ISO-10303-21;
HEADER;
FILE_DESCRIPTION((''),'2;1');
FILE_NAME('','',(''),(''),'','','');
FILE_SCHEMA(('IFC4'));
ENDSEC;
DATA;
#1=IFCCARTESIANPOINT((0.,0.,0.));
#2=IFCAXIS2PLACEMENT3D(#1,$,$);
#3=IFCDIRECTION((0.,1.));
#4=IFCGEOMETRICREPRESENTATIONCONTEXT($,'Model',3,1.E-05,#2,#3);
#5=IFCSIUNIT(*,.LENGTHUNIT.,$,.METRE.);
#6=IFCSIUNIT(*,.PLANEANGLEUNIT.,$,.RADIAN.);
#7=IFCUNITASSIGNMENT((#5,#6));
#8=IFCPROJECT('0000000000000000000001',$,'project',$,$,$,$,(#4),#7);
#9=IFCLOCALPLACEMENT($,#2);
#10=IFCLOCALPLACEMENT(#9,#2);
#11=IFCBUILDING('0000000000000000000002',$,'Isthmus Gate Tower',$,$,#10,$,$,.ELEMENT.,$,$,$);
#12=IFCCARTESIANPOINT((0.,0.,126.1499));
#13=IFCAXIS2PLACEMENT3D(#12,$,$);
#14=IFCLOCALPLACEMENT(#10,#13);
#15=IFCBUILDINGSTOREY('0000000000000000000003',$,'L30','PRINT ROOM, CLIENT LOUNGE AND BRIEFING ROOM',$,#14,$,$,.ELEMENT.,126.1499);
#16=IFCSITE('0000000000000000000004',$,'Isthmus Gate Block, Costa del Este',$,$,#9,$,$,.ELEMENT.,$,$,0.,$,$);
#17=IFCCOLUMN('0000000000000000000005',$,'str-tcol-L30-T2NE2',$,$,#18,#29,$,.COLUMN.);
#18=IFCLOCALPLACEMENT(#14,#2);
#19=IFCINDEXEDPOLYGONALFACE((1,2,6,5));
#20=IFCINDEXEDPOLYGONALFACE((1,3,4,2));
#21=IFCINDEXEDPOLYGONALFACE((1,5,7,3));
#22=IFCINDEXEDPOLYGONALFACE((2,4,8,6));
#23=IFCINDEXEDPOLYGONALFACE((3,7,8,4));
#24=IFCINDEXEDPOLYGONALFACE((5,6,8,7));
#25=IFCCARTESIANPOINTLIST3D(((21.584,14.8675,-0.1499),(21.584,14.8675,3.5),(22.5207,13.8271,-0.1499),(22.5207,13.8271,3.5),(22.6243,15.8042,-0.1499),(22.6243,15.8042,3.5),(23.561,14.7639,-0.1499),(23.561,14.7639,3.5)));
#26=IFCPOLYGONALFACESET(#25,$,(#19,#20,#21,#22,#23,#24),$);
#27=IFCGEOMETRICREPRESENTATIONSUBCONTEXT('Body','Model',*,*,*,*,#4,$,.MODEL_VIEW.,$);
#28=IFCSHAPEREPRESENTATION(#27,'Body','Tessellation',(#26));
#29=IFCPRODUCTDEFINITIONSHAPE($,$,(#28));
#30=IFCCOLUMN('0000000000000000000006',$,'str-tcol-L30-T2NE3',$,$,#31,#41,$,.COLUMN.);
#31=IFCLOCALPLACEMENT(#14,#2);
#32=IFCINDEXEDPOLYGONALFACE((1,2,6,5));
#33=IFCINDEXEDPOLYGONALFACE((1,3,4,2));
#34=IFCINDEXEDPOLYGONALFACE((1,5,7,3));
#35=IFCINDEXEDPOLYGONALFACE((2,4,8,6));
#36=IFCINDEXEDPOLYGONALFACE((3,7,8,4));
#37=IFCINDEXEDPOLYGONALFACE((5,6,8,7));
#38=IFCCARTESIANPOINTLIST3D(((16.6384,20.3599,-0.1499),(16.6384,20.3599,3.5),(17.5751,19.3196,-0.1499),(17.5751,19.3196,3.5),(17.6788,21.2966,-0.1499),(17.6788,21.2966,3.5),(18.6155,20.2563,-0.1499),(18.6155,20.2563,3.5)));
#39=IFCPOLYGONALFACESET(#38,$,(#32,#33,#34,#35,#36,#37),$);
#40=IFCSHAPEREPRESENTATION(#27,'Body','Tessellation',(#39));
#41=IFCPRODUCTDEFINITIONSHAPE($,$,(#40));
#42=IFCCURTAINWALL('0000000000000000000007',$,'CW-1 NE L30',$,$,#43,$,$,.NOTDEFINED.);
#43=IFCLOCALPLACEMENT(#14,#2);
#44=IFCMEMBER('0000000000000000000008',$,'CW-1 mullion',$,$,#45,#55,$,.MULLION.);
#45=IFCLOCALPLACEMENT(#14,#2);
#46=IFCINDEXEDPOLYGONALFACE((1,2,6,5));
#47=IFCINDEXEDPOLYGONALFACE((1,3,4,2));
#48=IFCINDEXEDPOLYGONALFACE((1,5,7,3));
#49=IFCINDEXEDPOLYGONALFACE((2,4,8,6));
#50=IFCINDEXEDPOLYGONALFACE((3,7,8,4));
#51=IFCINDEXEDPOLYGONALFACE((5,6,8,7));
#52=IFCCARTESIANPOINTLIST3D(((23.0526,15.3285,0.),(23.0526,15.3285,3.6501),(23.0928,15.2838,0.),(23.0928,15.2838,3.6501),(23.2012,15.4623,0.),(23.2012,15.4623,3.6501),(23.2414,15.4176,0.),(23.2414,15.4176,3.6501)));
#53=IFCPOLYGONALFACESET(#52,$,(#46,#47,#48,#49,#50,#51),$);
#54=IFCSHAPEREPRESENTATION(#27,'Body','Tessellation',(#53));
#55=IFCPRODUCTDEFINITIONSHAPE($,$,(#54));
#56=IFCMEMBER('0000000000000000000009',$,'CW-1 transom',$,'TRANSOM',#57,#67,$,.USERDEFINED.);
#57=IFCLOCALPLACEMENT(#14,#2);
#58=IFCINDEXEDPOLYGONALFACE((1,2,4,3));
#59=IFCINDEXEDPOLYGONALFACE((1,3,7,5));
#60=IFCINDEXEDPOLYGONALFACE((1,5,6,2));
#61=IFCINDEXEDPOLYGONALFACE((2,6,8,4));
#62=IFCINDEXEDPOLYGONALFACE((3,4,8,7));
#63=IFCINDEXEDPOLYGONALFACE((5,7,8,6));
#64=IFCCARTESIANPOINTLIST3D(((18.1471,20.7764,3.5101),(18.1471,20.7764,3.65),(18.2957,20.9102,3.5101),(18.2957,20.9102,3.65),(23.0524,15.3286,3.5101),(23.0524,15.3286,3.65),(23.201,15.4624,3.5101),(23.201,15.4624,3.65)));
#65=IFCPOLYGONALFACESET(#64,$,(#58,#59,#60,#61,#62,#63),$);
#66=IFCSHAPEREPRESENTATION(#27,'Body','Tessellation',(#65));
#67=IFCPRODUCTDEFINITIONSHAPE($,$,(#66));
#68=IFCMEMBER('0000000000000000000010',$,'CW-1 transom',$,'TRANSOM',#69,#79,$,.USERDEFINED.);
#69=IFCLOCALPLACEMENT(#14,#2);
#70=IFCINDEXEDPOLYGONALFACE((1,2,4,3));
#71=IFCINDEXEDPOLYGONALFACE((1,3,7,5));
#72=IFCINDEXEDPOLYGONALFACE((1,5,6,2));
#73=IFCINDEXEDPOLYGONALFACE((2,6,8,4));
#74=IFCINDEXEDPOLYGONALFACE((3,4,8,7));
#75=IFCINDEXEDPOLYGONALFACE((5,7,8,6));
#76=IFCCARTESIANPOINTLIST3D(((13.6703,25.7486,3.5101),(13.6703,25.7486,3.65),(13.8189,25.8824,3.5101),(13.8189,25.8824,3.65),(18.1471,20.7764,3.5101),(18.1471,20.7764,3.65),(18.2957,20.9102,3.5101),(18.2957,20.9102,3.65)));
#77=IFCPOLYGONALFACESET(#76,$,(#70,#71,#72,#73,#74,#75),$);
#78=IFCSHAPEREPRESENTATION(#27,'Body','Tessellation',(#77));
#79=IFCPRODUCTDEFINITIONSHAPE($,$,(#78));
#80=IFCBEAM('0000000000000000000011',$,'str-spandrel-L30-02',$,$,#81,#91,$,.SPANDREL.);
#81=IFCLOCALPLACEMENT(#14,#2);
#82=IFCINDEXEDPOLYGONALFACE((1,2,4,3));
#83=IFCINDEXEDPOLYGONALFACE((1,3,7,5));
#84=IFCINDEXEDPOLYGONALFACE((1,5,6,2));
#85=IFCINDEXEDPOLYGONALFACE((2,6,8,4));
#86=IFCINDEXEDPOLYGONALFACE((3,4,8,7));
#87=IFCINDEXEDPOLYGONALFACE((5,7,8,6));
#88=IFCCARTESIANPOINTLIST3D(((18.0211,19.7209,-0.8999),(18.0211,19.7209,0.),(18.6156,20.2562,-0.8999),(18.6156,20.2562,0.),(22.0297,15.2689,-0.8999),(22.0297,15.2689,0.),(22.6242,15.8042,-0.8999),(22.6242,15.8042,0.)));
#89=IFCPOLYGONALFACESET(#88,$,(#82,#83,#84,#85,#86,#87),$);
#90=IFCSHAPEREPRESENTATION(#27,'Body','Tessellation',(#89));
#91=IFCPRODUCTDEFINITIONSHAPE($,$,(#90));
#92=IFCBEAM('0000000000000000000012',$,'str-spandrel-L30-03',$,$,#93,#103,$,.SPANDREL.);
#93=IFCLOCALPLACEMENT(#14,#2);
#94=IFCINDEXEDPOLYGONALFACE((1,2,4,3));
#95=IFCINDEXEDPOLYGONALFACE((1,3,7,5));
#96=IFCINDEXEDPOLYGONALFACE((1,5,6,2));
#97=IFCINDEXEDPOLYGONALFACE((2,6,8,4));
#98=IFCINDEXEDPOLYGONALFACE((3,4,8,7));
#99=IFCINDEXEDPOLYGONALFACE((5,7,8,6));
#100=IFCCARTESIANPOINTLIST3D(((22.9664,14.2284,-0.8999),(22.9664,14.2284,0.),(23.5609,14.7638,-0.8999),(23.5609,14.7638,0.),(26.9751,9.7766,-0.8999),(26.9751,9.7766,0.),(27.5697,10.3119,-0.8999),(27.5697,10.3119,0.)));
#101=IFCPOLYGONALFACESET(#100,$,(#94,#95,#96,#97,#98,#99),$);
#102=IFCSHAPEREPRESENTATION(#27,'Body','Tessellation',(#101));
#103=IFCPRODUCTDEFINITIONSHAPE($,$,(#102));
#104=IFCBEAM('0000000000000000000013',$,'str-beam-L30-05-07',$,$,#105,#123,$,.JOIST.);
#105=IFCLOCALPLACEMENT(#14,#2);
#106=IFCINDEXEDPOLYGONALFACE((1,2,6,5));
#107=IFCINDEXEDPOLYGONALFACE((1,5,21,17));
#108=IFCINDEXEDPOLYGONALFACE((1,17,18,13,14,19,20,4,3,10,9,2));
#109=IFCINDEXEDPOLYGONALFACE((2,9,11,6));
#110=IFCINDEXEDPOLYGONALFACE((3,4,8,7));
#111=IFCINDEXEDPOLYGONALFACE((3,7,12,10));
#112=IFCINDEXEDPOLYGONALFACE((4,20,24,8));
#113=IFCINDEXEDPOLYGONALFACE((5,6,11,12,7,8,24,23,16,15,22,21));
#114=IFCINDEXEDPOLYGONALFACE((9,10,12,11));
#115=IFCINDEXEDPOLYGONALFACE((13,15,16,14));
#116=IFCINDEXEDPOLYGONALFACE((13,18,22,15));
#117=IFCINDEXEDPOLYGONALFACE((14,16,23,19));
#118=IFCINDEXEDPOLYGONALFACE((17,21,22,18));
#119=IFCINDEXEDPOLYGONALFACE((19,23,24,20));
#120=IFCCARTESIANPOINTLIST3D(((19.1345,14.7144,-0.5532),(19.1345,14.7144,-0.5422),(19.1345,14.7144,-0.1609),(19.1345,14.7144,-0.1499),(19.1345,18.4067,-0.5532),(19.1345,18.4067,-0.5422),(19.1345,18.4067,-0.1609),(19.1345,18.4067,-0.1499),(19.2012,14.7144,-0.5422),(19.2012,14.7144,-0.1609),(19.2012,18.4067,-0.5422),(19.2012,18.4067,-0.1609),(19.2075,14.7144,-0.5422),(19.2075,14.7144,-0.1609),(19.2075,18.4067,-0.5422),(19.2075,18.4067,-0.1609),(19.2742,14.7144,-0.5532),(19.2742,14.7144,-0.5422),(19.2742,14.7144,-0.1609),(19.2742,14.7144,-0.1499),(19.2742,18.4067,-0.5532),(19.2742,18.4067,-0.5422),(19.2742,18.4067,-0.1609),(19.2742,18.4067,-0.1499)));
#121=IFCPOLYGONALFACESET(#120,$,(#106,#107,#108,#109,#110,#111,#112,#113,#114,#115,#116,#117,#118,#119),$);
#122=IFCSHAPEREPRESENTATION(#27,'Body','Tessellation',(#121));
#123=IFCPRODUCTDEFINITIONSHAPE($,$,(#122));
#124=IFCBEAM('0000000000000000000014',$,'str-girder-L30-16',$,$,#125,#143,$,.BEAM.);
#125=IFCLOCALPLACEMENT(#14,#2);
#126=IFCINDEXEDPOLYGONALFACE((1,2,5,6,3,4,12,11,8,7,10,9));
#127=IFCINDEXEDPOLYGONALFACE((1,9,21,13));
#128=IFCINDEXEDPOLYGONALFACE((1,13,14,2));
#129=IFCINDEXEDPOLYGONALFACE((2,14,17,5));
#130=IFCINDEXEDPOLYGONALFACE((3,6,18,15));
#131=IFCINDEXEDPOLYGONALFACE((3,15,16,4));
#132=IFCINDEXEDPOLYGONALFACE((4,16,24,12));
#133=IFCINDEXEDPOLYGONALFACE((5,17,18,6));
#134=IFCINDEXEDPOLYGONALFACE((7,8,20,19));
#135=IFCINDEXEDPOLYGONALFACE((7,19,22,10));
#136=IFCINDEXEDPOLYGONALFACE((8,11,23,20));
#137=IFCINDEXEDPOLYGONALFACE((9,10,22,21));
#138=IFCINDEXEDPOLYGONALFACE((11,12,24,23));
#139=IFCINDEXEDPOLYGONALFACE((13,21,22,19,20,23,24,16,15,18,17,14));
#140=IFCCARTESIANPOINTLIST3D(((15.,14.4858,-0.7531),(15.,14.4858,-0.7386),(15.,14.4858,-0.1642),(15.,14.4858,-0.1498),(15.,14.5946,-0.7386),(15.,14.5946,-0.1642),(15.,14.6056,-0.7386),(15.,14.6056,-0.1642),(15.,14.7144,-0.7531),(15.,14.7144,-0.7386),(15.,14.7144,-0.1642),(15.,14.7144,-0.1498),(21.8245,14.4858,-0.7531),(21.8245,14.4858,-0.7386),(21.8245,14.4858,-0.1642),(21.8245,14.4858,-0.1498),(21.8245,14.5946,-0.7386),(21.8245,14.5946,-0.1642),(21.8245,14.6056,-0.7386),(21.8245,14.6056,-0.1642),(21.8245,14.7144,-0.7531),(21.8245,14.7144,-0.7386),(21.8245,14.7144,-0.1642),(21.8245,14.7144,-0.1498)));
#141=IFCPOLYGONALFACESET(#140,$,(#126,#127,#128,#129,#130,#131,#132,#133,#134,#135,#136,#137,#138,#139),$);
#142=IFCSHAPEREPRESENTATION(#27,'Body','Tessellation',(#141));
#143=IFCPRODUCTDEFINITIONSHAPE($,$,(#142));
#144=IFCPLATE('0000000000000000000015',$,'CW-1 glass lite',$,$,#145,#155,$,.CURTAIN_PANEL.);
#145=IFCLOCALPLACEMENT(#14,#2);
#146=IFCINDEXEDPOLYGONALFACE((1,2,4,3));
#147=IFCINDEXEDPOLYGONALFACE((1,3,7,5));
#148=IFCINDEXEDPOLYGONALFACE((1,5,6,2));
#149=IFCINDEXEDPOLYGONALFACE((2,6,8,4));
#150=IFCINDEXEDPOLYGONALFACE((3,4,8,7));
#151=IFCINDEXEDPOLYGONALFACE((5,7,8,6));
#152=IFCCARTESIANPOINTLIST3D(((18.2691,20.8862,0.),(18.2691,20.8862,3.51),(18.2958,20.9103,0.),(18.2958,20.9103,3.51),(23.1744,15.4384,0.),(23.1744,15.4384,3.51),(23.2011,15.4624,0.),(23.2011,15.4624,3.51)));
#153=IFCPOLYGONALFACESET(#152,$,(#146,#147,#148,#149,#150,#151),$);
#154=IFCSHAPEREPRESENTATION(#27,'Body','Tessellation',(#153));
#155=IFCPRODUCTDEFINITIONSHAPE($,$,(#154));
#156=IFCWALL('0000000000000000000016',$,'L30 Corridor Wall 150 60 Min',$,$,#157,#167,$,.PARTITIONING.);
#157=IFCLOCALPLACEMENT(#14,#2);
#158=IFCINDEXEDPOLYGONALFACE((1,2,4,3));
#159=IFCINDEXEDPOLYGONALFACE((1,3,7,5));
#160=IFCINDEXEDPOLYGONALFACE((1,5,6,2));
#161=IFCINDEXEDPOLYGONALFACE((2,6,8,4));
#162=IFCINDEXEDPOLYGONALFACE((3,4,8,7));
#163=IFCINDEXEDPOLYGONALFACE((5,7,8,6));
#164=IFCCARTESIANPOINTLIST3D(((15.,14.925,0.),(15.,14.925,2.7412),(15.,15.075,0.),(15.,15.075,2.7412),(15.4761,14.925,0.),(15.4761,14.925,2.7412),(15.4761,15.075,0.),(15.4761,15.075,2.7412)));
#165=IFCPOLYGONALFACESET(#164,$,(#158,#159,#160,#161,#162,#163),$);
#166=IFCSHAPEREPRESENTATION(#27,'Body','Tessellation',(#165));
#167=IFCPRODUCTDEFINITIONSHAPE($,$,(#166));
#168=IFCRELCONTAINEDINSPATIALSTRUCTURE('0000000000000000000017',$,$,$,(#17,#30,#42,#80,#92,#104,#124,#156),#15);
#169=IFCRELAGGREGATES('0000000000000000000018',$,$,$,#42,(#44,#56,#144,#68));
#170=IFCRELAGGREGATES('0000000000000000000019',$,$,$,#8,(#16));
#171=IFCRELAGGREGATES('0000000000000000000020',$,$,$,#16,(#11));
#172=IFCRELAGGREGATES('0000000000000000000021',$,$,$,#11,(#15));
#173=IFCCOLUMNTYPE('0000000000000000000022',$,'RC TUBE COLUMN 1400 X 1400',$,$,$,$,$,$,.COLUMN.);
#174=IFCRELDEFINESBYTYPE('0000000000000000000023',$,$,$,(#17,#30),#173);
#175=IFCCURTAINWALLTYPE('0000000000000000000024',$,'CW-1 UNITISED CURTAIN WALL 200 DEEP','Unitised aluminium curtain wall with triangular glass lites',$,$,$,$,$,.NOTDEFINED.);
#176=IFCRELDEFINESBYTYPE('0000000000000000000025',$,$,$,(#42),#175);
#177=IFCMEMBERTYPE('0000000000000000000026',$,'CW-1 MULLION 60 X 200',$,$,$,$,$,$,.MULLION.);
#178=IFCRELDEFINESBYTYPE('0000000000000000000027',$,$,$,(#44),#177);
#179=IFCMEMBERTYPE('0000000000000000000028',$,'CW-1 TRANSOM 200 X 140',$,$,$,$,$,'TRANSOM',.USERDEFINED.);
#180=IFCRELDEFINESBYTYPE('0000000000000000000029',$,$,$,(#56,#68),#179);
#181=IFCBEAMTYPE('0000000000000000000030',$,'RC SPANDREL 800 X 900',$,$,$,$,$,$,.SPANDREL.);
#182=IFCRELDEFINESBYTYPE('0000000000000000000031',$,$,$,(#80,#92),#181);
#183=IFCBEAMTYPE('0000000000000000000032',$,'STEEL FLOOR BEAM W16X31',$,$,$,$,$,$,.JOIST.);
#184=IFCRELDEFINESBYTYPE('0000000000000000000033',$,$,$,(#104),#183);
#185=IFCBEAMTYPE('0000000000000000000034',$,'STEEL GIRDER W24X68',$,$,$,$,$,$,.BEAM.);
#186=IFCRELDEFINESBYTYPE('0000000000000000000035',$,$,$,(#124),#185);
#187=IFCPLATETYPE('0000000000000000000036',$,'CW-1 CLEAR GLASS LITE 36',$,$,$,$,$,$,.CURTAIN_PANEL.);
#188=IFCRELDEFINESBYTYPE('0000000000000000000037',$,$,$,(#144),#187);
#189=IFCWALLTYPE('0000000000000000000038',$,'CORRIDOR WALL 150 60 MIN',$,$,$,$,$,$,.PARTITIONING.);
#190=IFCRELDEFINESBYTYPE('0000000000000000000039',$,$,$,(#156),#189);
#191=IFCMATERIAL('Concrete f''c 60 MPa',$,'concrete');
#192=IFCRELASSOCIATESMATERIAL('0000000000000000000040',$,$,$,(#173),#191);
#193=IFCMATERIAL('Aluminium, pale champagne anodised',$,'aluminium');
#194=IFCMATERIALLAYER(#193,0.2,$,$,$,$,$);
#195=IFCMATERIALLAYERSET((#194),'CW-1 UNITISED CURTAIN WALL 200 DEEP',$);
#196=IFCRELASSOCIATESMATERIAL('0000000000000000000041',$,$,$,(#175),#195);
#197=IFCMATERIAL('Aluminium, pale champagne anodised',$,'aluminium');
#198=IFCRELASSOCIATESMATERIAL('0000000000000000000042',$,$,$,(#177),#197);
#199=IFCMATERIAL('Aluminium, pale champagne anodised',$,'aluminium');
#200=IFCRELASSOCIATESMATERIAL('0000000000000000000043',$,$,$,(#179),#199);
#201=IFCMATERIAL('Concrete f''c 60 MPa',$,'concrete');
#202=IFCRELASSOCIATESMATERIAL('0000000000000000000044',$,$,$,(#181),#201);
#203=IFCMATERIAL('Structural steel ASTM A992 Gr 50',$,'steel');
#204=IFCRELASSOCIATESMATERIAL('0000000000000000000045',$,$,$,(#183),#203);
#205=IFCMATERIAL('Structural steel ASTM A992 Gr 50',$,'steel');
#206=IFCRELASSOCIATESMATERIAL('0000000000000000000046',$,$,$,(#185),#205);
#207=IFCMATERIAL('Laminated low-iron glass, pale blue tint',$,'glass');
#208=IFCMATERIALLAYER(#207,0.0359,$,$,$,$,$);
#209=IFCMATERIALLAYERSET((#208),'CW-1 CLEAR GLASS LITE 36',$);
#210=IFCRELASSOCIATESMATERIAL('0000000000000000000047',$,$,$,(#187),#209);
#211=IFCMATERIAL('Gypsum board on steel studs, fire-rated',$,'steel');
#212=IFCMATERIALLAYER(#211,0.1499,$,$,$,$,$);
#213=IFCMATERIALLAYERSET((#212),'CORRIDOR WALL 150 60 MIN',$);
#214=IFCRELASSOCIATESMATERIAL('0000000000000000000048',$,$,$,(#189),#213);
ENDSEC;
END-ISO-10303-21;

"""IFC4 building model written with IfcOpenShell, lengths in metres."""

from ifc_helpers import new_model, si_unit, direction, frame, frame_2d, origin, origin_2d, place, context, subcontext, project, spatial, rectangle, i_section, extrude, material, layer, layer_set, material_profile, profile_set, type_object, element, aggregate, save


model = new_model("IFC4")

# Units and contexts
model_context = context("Model", 3, precision=1e-05, world=origin(), true_north=direction((0.0, 1.0)))
body_context = subcontext(model_context, "Body", "Model", "MODEL_VIEW")
ifc_project = project(units=[si_unit("LENGTHUNIT", "METRE"), si_unit("PLANEANGLEUNIT", "RADIAN")], contexts=[model_context])

# Site, building, storey
site_placement = place(None, origin())
site = spatial("IfcSite", under=ifc_project, at=site_placement, Name="Isthmus Gate Block, Costa del Este", CompositionType="ELEMENT", RefElevation=0.0)
building_placement = place(site_placement, origin())
building = spatial("IfcBuilding", under=site, at=building_placement, Name="Isthmus Gate Tower", CompositionType="ELEMENT")
storey_placement = place(building_placement, frame((0.0, 0.0, 126.1499)))
storey = spatial("IfcBuildingStorey", under=building, at=storey_placement, Name="L30", Description="PRINT ROOM, CLIENT LOUNGE AND BRIEFING ROOM", CompositionType="ELEMENT", Elevation=126.1499)

# Columns
ifc_material_1 = material(Name="Concrete f'c 60 MPa", Category="concrete")
ifc_material_profile_1 = material_profile(ifc_material_1, rectangle(XDim=1.3999, YDim=1.3999, at=origin_2d()), Name="RC 1400X1400")
ifc_profile_set_1 = profile_set([ifc_material_profile_1], Name="Concrete f'c 60 MPa")
column_type = type_object("IfcColumnType", Name="RC TUBE COLUMN 1400 X 1400", PredefinedType="COLUMN", material=ifc_profile_set_1)
for number, where, z_axis, x_axis, name in (
    (1, (22.5725, 14.8157, -0.1499), (0.0, 0.0, 1.0), (-0.669131, 0.743145, 0.0), "str-tcol-L30-T2NE2"),
    (2, (17.627, 20.3081, -0.1499), (0.0, 0.0, 1.0), (-0.669131, 0.743145, 0.0), "str-tcol-L30-T2NE3"),
):
    element("IfcColumn", number, at=place(storey_placement, frame(where, z_axis=z_axis, x_axis=x_axis)), inside=storey, type_object=column_type, Name=name, PredefinedType="COLUMN", context=body_context, shape_type="SweptSolid", body=[
        extrude(rectangle(XDim=1.3999, YDim=1.3999, at=origin_2d()), origin(), (0.0, 0.0, 1.0), 3.6499),
    ])

# Curtain wall, members
ifc_material_2 = material(Name="Aluminium, pale champagne anodised", Category="aluminium")
ifc_layer_1 = layer(ifc_material_2, 0.2)
ifc_layer_set_1 = layer_set([ifc_layer_1], Name="CW-1 UNITISED CURTAIN WALL 200 DEEP")
curtain_wall_type = type_object("IfcCurtainWallType", Name="CW-1 UNITISED CURTAIN WALL 200 DEEP", Description="Unitised aluminium curtain wall with triangular glass lites", PredefinedType="NOTDEFINED", material=ifc_layer_set_1)
curtain_wall_placement = place(storey_placement, origin())
curtain_wall = element("IfcCurtainWall", 3, at=curtain_wall_placement, inside=storey, type_object=curtain_wall_type, Name="CW-1 NE L30", PredefinedType="NOTDEFINED")
ifc_material_3 = material(Name="Aluminium, pale champagne anodised", Category="aluminium")
ifc_material_profile_2 = material_profile(ifc_material_3, rectangle(XDim=0.0601, YDim=0.2, at=origin_2d()), Name="60x200")
ifc_profile_set_2 = profile_set([ifc_material_profile_2], Name="Aluminium, pale champagne anodised")
member_type_1 = type_object("IfcMemberType", Name="CW-1 MULLION 60 X 200", PredefinedType="MULLION", material=ifc_profile_set_2)
member_1_placement = place(storey_placement, frame((23.147, 15.373, 0.0), z_axis=(0.0, 0.0, 1.0), x_axis=(-0.669131, 0.743145, 0.0)))
member_1 = element("IfcMember", 4, at=member_1_placement, type_object=member_type_1, Name="CW-1 mullion", PredefinedType="MULLION", context=body_context, shape_type="SweptSolid", body=[
    extrude(rectangle(XDim=0.0601, YDim=0.2, at=origin_2d()), origin(), (0.0, 0.0, 1.0), 3.6501),
])
ifc_material_4 = material(Name="Aluminium, pale champagne anodised", Category="aluminium")
ifc_material_profile_3 = material_profile(ifc_material_4, rectangle(XDim=0.2, YDim=0.1399, at=origin_2d()), Name="200x140")
ifc_profile_set_3 = profile_set([ifc_material_profile_3], Name="Aluminium, pale champagne anodised")
member_type_2 = type_object("IfcMemberType", Name="CW-1 TRANSOM 200 X 140", ElementType="TRANSOM", PredefinedType="USERDEFINED", material=ifc_profile_set_3)
member_2_placement = place(storey_placement, frame((23.1267, 15.3955, 3.5801), z_axis=(-0.669138, 0.743138, 0.0), x_axis=(-0.743138, -0.669138, 0.0)))
member_2 = element("IfcMember", 5, at=member_2_placement, type_object=member_type_2, Name="CW-1 transom", ObjectType="TRANSOM", PredefinedType="USERDEFINED", context=body_context, shape_type="SweptSolid", body=[
    extrude(rectangle(XDim=0.2, YDim=0.1399, at=origin_2d()), origin(), (0.0, 0.0, 1.0), 7.3308),
])
member_3_placement = place(storey_placement, frame((18.2214, 20.8433, 3.5801), z_axis=(-0.669118, 0.743156, 0.0), x_axis=(-0.743156, -0.669118, 0.0)))
member_3 = element("IfcMember", 6, at=member_3_placement, type_object=member_type_2, Name="CW-1 transom", ObjectType="TRANSOM", PredefinedType="USERDEFINED", context=body_context, shape_type="SweptSolid", body=[
    extrude(rectangle(XDim=0.2, YDim=0.1399, at=origin_2d()), origin(), (0.0, 0.0, 1.0), 6.6907),
])

# Beams
ifc_material_5 = material(Name="Concrete f'c 60 MPa", Category="concrete")
ifc_material_profile_4 = material_profile(ifc_material_5, rectangle(XDim=0.8, YDim=0.8999, at=origin_2d()), Name="RC 800X900")
ifc_profile_set_4 = profile_set([ifc_material_profile_4], Name="Concrete f'c 60 MPa")
beam_type_1 = type_object("IfcBeamType", Name="RC SPANDREL 800 X 900", PredefinedType="SPANDREL", material=ifc_profile_set_4)
for number, where, z_axis, x_axis, name in (
    (7, (18.3184, 19.9885, -0.45), (0.669134, -0.743142, 0.0), (0.743142, 0.669134, 0.0), "str-spandrel-L30-02"),
    (8, (23.2637, 14.4961, -0.45), (0.669156, -0.743122, 0.0), (0.743122, 0.669156, 0.0), "str-spandrel-L30-03"),
):
    element("IfcBeam", number, at=place(storey_placement, frame(where, z_axis=z_axis, x_axis=x_axis)), inside=storey, type_object=beam_type_1, Name=name, PredefinedType="SPANDREL", context=body_context, shape_type="SweptSolid", body=[
        extrude(rectangle(XDim=0.8, YDim=0.8999, at=origin_2d()), origin(), (0.0, 0.0, 1.0), 5.9907),
    ])
ifc_material_6 = material(Name="Structural steel ASTM A992 Gr 50", Category="steel")
ifc_material_profile_5 = material_profile(ifc_material_6, i_section(OverallWidth=0.1396, OverallDepth=0.4033, WebThickness=0.0063, FlangeThickness=0.011, at=origin_2d()), Name="W16X31")
ifc_profile_set_5 = profile_set([ifc_material_profile_5], Name="Structural steel ASTM A992 Gr 50")
beam_type_2 = type_object("IfcBeamType", Name="STEEL FLOOR BEAM W16X31", PredefinedType="JOIST", material=ifc_profile_set_5)
beam_1_placement = place(storey_placement, frame((19.2043, 14.7144, -0.3516), z_axis=(0.0, 1.0, 0.0), x_axis=(-1.0, 0.0, 0.0)))
element("IfcBeam", 9, at=beam_1_placement, inside=storey, type_object=beam_type_2, Name="str-beam-L30-05-07", PredefinedType="JOIST", context=body_context, shape_type="SweptSolid", body=[
    extrude(i_section(OverallWidth=0.1396, OverallDepth=0.4033, WebThickness=0.0063, FlangeThickness=0.011, at=origin_2d()), origin(), (0.0, 0.0, 1.0), 3.6924),
])
ifc_material_7 = material(Name="Structural steel ASTM A992 Gr 50", Category="steel")
ifc_material_profile_6 = material_profile(ifc_material_7, i_section(OverallWidth=0.2285, OverallDepth=0.6033, WebThickness=0.011, FlangeThickness=0.0144, at=origin_2d()), Name="W24X68")
ifc_profile_set_6 = profile_set([ifc_material_profile_6], Name="Structural steel ASTM A992 Gr 50")
beam_type_3 = type_object("IfcBeamType", Name="STEEL GIRDER W24X68", PredefinedType="BEAM", material=ifc_profile_set_6)
beam_2_placement = place(storey_placement, frame((15.0, 14.6001, -0.4514), z_axis=(1.0, 0.0, 0.0), x_axis=(0.0, 1.0, 0.0)))
element("IfcBeam", 10, at=beam_2_placement, inside=storey, type_object=beam_type_3, Name="str-girder-L30-16", PredefinedType="BEAM", context=body_context, shape_type="SweptSolid", body=[
    extrude(i_section(OverallWidth=0.2285, OverallDepth=0.6033, WebThickness=0.011, FlangeThickness=0.0144, at=origin_2d()), origin(), (0.0, 0.0, 1.0), 6.8245),
])

# Plate
ifc_material_8 = material(Name="Laminated low-iron glass, pale blue tint", Category="glass")
ifc_layer_2 = layer(ifc_material_8, 0.0359)
ifc_layer_set_2 = layer_set([ifc_layer_2], Name="CW-1 CLEAR GLASS LITE 36")
plate_type = type_object("IfcPlateType", Name="CW-1 CLEAR GLASS LITE 36", PredefinedType="CURTAIN_PANEL", material=ifc_layer_set_2)
plate_placement = place(storey_placement, frame((20.7351, 18.1743, 0.0), z_axis=(0.0, 0.0, 1.0), x_axis=(-0.669131, 0.743145, 0.0)))
plate = element("IfcPlate", 11, at=plate_placement, type_object=plate_type, Name="CW-1 glass lite", PredefinedType="CURTAIN_PANEL", context=body_context, shape_type="SweptSolid", body=[
    extrude(rectangle(XDim=7.3308, YDim=0.0359, at=origin_2d()), origin(), (0.0, 0.0, 1.0), 3.51),
])

# Wall
ifc_material_9 = material(Name="Gypsum board on steel studs, fire-rated", Category="steel")
ifc_layer_3 = layer(ifc_material_9, 0.1499)
ifc_layer_set_3 = layer_set([ifc_layer_3], Name="CORRIDOR WALL 150 60 MIN")
wall_type_1 = type_object("IfcWallType", Name="CORRIDOR WALL 150 60 MIN", PredefinedType="PARTITIONING", material=ifc_layer_set_3)
wall_1_placement = place(storey_placement, frame((15.4761, 15.0, 0.0), z_axis=(0.0, 0.0, 1.0), x_axis=(-1.0, 0.0, 0.0)))
element("IfcWall", 12, at=wall_1_placement, inside=storey, type_object=wall_type_1, Name="L30 Corridor Wall 150 60 Min", PredefinedType="PARTITIONING", context=body_context, shape_type="SweptSolid", body=[
    extrude(rectangle(XDim=0.4761, YDim=0.1499, at=frame_2d((0.238, 0.0))), origin(), (0.0, 0.0, 1.0), 2.7412),
])

aggregate(curtain_wall, [member_1, member_2, plate, member_3])

save(model, "model.ifc")
